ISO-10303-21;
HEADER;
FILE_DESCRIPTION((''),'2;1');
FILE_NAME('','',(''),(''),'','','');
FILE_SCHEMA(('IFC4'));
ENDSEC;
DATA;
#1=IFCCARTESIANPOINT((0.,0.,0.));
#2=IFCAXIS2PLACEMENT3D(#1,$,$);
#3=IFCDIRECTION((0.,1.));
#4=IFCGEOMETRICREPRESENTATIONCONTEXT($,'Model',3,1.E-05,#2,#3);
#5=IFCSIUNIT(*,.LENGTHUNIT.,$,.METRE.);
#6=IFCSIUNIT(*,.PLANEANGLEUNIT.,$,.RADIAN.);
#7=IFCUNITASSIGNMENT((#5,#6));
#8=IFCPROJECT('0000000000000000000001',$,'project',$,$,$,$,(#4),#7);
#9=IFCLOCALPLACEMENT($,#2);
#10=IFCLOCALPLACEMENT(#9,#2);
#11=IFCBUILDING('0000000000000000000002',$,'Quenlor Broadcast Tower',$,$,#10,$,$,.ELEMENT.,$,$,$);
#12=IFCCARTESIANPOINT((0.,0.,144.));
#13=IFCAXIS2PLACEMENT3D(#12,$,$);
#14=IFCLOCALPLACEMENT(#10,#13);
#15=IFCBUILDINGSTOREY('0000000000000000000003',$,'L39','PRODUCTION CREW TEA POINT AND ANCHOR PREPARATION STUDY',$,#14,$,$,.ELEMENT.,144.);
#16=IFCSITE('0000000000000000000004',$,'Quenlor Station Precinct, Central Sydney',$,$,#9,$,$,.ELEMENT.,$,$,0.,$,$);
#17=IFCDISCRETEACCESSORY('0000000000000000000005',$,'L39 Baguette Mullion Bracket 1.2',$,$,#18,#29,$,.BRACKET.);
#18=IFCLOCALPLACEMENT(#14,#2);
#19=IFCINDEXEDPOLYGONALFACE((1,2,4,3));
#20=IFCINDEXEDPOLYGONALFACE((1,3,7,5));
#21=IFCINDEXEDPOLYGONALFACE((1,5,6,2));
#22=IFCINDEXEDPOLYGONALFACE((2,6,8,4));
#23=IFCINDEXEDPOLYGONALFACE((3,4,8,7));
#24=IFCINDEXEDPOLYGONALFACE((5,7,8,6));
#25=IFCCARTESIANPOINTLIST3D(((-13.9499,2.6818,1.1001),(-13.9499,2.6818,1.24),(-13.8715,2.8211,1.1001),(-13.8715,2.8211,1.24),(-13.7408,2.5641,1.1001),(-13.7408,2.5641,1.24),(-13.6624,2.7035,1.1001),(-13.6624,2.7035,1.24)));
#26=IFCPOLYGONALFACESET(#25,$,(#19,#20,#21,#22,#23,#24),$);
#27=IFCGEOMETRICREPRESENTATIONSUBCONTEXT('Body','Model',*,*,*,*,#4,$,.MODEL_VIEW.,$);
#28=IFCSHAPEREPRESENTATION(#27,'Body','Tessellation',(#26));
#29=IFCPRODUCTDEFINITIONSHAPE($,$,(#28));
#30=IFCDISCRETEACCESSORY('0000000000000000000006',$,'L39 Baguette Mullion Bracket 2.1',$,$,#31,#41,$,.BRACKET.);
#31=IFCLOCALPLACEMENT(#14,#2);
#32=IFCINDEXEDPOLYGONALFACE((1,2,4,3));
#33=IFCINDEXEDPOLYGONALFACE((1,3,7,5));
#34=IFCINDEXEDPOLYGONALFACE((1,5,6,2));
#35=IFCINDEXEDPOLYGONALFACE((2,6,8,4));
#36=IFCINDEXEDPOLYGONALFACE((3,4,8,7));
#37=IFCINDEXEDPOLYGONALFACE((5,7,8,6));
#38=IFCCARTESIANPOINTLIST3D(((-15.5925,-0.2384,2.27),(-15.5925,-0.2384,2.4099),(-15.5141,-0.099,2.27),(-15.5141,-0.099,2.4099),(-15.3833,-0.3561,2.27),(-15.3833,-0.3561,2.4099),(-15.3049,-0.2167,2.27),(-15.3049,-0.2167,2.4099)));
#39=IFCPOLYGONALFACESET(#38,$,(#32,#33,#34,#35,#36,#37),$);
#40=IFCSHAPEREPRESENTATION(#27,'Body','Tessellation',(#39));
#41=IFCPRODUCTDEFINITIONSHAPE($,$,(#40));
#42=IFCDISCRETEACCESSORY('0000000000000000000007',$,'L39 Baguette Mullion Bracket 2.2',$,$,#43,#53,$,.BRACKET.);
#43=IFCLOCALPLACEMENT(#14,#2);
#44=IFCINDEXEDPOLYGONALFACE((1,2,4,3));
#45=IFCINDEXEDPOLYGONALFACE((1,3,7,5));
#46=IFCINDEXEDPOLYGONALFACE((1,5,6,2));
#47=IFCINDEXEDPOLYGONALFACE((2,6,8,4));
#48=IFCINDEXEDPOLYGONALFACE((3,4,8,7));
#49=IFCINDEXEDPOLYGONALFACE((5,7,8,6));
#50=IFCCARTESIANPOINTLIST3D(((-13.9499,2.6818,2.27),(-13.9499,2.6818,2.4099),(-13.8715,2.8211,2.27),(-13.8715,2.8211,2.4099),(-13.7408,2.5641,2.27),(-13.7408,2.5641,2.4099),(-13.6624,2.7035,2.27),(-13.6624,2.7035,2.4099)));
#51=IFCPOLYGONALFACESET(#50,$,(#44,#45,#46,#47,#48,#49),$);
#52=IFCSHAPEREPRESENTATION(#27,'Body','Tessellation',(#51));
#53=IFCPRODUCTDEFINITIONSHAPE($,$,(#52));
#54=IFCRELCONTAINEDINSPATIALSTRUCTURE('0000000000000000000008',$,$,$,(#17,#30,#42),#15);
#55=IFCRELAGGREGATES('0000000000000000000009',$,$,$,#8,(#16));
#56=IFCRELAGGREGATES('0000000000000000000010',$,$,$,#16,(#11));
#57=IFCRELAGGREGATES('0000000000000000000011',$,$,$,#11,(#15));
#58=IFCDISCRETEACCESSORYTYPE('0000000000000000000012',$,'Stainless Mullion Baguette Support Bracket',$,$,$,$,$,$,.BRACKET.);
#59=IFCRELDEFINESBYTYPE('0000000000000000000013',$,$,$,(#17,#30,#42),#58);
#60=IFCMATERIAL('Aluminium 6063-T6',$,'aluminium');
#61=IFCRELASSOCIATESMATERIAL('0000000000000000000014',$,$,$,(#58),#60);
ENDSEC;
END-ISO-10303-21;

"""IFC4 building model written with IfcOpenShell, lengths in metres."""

from ifc_helpers import new_model, si_unit, direction, frame, origin, origin_2d, place, context, subcontext, project, spatial, rectangle, extrude, material, type_object, element, save


model = new_model("IFC4")

# Units and contexts
model_context = context("Model", 3, precision=1e-05, world=origin(), true_north=direction((0.0, 1.0)))
body_context = subcontext(model_context, "Body", "Model", "MODEL_VIEW")
ifc_project = project(units=[si_unit("LENGTHUNIT", "METRE"), si_unit("PLANEANGLEUNIT", "RADIAN")], contexts=[model_context])

# Site, building, storey
site_placement = place(None, origin())
site = spatial("IfcSite", under=ifc_project, at=site_placement, Name="Quenlor Station Precinct, Central Sydney", CompositionType="ELEMENT", RefElevation=0.0)
building_placement = place(site_placement, origin())
building = spatial("IfcBuilding", under=site, at=building_placement, Name="Quenlor Broadcast Tower", CompositionType="ELEMENT")
storey_placement = place(building_placement, frame((0.0, 0.0, 144.0)))
storey = spatial("IfcBuildingStorey", under=building, at=storey_placement, Name="L39", Description="PRODUCTION CREW TEA POINT AND ANCHOR PREPARATION STUDY", CompositionType="ELEMENT", Elevation=144.0)

# Discrete accessories
ifc_material_1 = material(Name="Aluminium 6063-T6", Category="aluminium")
discrete_accessory_type = type_object("IfcDiscreteAccessoryType", Name="Stainless Mullion Baguette Support Bracket", PredefinedType="BRACKET", material=ifc_material_1)
for number, where, z_axis, x_axis, name in (
    (1, (-13.8062, 2.6926, 1.1001), (0.0, 0.0, 1.0), (0.490268, 0.871572, 0.0), "L39 Baguette Mullion Bracket 1.2"),
    (2, (-15.4487, -0.2275, 2.27), (0.0, 0.0, 1.0), (0.490268, 0.871572, 0.0), "L39 Baguette Mullion Bracket 2.1"),
    (3, (-13.8062, 2.6926, 2.27), (0.0, 0.0, 1.0), (0.490268, 0.871572, 0.0), "L39 Baguette Mullion Bracket 2.2"),
):
    element("IfcDiscreteAccessory", number, at=place(storey_placement, frame(where, z_axis=z_axis, x_axis=x_axis)), inside=storey, type_object=discrete_accessory_type, Name=name, PredefinedType="BRACKET", context=body_context, shape_type="SweptSolid", body=[
        extrude(rectangle(XDim=0.1599, YDim=0.24, at=origin_2d()), origin(), (0.0, 0.0, 1.0), 0.1399),
    ])

save(model, "model.ifc")
